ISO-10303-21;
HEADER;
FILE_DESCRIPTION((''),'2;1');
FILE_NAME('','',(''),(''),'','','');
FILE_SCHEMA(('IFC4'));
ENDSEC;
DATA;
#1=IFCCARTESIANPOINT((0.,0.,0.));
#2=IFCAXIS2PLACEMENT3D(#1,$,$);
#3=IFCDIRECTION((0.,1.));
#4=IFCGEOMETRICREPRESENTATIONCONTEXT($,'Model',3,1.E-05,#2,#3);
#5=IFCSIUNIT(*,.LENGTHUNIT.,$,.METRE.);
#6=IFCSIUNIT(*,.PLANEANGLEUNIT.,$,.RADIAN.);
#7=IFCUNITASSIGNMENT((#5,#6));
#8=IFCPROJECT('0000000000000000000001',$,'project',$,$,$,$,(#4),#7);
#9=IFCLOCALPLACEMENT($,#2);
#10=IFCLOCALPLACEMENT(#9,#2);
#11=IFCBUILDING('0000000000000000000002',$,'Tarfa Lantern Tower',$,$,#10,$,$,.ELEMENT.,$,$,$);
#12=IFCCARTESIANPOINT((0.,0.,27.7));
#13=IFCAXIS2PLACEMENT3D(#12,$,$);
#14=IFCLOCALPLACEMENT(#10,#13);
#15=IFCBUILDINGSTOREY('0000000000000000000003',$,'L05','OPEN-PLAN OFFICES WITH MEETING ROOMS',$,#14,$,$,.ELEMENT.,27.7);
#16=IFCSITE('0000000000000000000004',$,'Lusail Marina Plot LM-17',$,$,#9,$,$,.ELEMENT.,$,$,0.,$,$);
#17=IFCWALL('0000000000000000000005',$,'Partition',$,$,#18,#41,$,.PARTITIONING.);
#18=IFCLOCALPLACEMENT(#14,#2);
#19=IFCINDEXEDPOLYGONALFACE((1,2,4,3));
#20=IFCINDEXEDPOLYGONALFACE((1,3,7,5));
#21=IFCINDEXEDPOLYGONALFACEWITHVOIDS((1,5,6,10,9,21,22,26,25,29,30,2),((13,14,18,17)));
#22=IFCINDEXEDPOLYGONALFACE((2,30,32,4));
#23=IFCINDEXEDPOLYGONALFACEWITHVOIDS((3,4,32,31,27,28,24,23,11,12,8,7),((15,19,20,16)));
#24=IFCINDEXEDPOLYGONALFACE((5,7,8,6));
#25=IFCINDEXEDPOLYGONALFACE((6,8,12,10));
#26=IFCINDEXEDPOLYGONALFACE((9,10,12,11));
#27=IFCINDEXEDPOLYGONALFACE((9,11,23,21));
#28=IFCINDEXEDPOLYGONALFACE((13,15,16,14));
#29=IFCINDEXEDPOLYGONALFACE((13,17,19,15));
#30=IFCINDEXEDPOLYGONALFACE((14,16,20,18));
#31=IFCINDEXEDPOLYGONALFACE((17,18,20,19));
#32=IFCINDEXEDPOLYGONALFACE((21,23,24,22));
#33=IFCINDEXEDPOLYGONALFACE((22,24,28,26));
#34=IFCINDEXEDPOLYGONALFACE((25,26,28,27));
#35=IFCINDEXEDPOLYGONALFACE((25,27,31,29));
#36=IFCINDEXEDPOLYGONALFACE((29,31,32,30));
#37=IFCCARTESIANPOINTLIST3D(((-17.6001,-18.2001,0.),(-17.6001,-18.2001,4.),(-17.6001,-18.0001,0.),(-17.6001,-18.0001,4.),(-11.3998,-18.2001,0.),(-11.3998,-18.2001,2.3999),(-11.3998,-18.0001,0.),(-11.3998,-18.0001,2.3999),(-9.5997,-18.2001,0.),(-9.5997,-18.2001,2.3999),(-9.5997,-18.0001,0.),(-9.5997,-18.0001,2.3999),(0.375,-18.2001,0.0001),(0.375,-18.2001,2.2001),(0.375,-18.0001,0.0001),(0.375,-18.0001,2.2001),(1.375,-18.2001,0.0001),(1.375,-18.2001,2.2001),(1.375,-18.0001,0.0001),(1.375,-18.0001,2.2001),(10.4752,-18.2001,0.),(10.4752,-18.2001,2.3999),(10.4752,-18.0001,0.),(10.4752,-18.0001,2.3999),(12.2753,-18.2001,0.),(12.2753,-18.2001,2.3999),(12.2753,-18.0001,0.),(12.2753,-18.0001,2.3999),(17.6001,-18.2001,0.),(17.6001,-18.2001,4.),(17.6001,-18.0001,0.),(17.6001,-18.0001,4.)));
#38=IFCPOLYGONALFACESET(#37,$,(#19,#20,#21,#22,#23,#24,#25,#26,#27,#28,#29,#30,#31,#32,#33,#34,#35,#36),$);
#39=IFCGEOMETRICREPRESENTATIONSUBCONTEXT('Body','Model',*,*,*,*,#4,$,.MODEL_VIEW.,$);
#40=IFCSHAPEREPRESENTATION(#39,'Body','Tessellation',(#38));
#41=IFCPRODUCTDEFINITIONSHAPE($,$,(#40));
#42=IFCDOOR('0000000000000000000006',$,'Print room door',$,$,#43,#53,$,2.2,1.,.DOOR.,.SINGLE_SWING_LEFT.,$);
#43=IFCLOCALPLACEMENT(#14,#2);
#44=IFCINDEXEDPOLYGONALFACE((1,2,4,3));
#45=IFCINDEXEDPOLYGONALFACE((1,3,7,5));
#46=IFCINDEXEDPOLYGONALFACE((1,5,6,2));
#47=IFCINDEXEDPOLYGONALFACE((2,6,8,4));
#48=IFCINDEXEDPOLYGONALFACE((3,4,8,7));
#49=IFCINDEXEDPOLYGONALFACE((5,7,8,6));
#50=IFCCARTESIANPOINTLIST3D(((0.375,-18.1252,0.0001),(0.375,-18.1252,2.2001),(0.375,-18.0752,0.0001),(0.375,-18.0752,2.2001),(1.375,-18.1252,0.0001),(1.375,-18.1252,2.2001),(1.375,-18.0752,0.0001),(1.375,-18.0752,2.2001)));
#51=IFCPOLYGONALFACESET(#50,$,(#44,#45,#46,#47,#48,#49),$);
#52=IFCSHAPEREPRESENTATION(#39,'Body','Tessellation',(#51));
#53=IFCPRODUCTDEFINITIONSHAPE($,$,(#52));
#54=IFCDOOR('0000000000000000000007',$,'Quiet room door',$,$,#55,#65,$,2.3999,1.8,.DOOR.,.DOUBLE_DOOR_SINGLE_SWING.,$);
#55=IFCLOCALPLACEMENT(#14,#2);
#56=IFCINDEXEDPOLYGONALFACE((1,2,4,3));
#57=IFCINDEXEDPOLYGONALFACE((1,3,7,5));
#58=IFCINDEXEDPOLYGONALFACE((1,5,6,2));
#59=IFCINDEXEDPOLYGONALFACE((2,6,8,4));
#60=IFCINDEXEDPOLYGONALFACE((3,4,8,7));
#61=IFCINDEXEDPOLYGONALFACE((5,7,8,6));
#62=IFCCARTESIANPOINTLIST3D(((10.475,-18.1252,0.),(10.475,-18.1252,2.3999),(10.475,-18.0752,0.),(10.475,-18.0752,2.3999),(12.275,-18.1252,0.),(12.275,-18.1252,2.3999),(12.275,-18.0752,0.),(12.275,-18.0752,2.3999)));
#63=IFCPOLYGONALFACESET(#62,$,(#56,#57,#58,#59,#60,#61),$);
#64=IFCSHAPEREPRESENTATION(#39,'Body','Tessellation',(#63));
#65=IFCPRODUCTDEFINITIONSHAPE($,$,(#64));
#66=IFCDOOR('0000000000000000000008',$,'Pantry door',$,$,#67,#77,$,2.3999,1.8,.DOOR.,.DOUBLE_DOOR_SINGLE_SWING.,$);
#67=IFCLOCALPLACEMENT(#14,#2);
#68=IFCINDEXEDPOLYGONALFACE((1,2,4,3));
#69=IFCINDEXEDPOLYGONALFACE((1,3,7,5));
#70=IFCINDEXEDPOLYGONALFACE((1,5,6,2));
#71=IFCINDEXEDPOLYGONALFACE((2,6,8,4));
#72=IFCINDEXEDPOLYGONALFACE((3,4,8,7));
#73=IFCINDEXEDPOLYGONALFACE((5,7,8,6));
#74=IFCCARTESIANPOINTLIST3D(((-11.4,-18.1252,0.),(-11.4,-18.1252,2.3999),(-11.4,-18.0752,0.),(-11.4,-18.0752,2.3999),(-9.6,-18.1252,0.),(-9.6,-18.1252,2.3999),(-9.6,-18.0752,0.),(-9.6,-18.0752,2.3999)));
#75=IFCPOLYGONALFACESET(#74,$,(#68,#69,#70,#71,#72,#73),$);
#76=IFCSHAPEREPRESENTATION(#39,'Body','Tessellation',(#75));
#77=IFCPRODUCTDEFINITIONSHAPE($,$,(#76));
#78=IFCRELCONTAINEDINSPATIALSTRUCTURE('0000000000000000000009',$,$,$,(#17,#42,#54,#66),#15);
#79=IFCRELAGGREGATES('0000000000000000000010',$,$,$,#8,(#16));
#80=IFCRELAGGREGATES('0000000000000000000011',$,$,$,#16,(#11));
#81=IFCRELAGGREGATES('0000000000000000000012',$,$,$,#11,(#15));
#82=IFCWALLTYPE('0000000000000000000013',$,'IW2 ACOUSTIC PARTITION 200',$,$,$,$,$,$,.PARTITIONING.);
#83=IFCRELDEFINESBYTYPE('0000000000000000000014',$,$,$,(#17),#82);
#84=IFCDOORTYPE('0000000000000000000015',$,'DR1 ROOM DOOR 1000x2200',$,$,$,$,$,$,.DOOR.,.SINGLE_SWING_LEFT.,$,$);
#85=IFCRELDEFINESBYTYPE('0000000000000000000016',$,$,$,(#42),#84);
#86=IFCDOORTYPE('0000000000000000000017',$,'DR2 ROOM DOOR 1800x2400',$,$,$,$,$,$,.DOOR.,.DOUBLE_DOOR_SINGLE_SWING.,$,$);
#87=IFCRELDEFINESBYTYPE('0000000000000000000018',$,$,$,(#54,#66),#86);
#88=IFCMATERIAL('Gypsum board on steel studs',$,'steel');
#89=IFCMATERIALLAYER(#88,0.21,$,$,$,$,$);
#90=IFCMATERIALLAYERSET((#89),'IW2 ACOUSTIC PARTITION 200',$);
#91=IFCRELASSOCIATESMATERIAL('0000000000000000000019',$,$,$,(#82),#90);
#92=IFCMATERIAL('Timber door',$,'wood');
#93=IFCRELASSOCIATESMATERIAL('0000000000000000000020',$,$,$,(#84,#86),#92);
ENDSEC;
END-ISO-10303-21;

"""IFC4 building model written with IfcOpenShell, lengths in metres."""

from ifc_helpers import new_model, si_unit, direction, frame, frame_2d, origin, place, context, subcontext, project, spatial, rectangle, extrude, material, layer, layer_set, type_object, element, fill, save


model = new_model("IFC4")

# Units and contexts
model_context = context("Model", 3, precision=1e-05, world=origin(), true_north=direction((0.0, 1.0)))
body_context = subcontext(model_context, "Body", "Model", "MODEL_VIEW")
ifc_project = project(units=[si_unit("LENGTHUNIT", "METRE"), si_unit("PLANEANGLEUNIT", "RADIAN")], contexts=[model_context])

# Site, building, storey
site_placement = place(None, origin())
site = spatial("IfcSite", under=ifc_project, at=site_placement, Name="Lusail Marina Plot LM-17", CompositionType="ELEMENT", RefElevation=0.0)
building_placement = place(site_placement, origin())
building = spatial("IfcBuilding", under=site, at=building_placement, Name="Tarfa Lantern Tower", CompositionType="ELEMENT")
storey_placement = place(building_placement, frame((0.0, 0.0, 27.7)))
storey = spatial("IfcBuildingStorey", under=building, at=storey_placement, Name="L05", Description="OPEN-PLAN OFFICES WITH MEETING ROOMS", CompositionType="ELEMENT", Elevation=27.7)

# Wall, openings, doors
ifc_material_1 = material(Name="Gypsum board on steel studs", Category="steel")
ifc_layer_1 = layer(ifc_material_1, 0.21)
ifc_layer_set_1 = layer_set([ifc_layer_1], Name="IW2 ACOUSTIC PARTITION 200")
wall_type_1 = type_object("IfcWallType", Name="IW2 ACOUSTIC PARTITION 200", PredefinedType="PARTITIONING", material=ifc_layer_set_1)
wall_1_placement = place(storey_placement, frame((17.6001, -18.1001, 0.0), z_axis=(0.0, 0.0, 1.0), x_axis=(-1.0, 0.0, 0.0)))
wall_1 = element("IfcWall", 1, at=wall_1_placement, inside=storey, type_object=wall_type_1, Name="Partition", PredefinedType="PARTITIONING", context=body_context, shape_type="SweptSolid", body=[
    extrude(rectangle(XDim=35.2002, YDim=0.2, at=frame_2d((17.6001, 0.0))), origin(), (0.0, 0.0, 1.0), 4.0),
])
opening_1_placement = place(wall_1_placement, frame((5.325, 0.0, 0.0)))
opening_1 = element("IfcOpeningElement", 2, at=opening_1_placement, cuts=wall_1, PredefinedType="OPENING", context=body_context, shape_type="SweptSolid", body=[
    extrude(rectangle(XDim=1.8, YDim=2.3999, at=frame_2d((0.8999, 1.2))), frame((0.0, 0.1099, 0.0), z_axis=(0.0, -1.0, 0.0), x_axis=(1.0, 0.0, 0.0)), (0.0, 0.0, 1.0), 0.22),
])
opening_2_placement = place(wall_1_placement, frame((16.2251, 0.0, 0.0)))
opening_2 = element("IfcOpeningElement", 3, at=opening_2_placement, cuts=wall_1, PredefinedType="OPENING", context=body_context, shape_type="SweptSolid", body=[
    extrude(rectangle(XDim=1.0, YDim=2.2, at=frame_2d((0.5, 1.1001))), frame((0.0, 0.1099, 0.0), z_axis=(0.0, -1.0, 0.0), x_axis=(1.0, 0.0, 0.0)), (0.0, 0.0, 1.0), 0.22),
])
opening_3_placement = place(wall_1_placement, frame((27.2, 0.0, 0.0)))
opening_3 = element("IfcOpeningElement", 4, at=opening_3_placement, cuts=wall_1, PredefinedType="OPENING", context=body_context, shape_type="SweptSolid", body=[
    extrude(rectangle(XDim=1.8, YDim=2.3999, at=frame_2d((0.8999, 1.2))), frame((0.0, 0.1099, 0.0), z_axis=(0.0, -1.0, 0.0), x_axis=(1.0, 0.0, 0.0)), (0.0, 0.0, 1.0), 0.22),
])
ifc_material_2 = material(Name="Timber door", Category="wood")
door_type_1 = type_object("IfcDoorType", Name="DR1 ROOM DOOR 1000x2200", OperationType="SINGLE_SWING_LEFT", PredefinedType="DOOR", material=ifc_material_2)
door_1_placement = place(opening_2_placement, frame((1.0, 0.0, 0.0), z_axis=(0.0, 0.0, 1.0), x_axis=(-1.0, 0.0, 0.0)))
door_1 = element("IfcDoor", 5, at=door_1_placement, inside=storey, type_object=door_type_1, Name="Print room door", OperationType="SINGLE_SWING_LEFT", OverallHeight=2.2, OverallWidth=1.0, PredefinedType="DOOR", context=body_context, shape_type="SweptSolid", body=[
    extrude(rectangle(XDim=1.0, YDim=2.2, at=frame_2d((0.5, 1.1001))), frame((0.0, 0.0249, 0.0), z_axis=(0.0, -1.0, 0.0), x_axis=(1.0, 0.0, 0.0)), (0.0, 0.0, 1.0), 0.05),
])
fill(opening_2, door_1)
door_type_2 = type_object("IfcDoorType", Name="DR2 ROOM DOOR 1800x2400", OperationType="DOUBLE_DOOR_SINGLE_SWING", PredefinedType="DOOR", material=ifc_material_2)
door_2_placement = place(opening_1_placement, frame((1.8, 0.0, 0.0), z_axis=(0.0, 0.0, 1.0), x_axis=(-1.0, 0.0, 0.0)))
door_2 = element("IfcDoor", 6, at=door_2_placement, inside=storey, type_object=door_type_2, Name="Quiet room door", OperationType="DOUBLE_DOOR_SINGLE_SWING", OverallHeight=2.3999, OverallWidth=1.8, PredefinedType="DOOR", context=body_context, shape_type="SweptSolid", body=[
    extrude(rectangle(XDim=1.8, YDim=2.3999, at=frame_2d((0.8999, 1.2))), frame((0.0, 0.0249, 0.0), z_axis=(0.0, -1.0, 0.0), x_axis=(1.0, 0.0, 0.0)), (0.0, 0.0, 1.0), 0.05),
])
fill(opening_1, door_2)
door_3_placement = place(opening_3_placement, frame((1.8, 0.0, 0.0), z_axis=(0.0, 0.0, 1.0), x_axis=(-1.0, 0.0, 0.0)))
door_3 = element("IfcDoor", 7, at=door_3_placement, inside=storey, type_object=door_type_2, Name="Pantry door", OperationType="DOUBLE_DOOR_SINGLE_SWING", OverallHeight=2.3999, OverallWidth=1.8, PredefinedType="DOOR", context=body_context, shape_type="SweptSolid", body=[
    extrude(rectangle(XDim=1.8, YDim=2.3999, at=frame_2d((0.8999, 1.2))), frame((0.0, 0.0249, 0.0), z_axis=(0.0, -1.0, 0.0), x_axis=(1.0, 0.0, 0.0)), (0.0, 0.0, 1.0), 0.05),
])
fill(opening_3, door_3)

save(model, "model.ifc")
